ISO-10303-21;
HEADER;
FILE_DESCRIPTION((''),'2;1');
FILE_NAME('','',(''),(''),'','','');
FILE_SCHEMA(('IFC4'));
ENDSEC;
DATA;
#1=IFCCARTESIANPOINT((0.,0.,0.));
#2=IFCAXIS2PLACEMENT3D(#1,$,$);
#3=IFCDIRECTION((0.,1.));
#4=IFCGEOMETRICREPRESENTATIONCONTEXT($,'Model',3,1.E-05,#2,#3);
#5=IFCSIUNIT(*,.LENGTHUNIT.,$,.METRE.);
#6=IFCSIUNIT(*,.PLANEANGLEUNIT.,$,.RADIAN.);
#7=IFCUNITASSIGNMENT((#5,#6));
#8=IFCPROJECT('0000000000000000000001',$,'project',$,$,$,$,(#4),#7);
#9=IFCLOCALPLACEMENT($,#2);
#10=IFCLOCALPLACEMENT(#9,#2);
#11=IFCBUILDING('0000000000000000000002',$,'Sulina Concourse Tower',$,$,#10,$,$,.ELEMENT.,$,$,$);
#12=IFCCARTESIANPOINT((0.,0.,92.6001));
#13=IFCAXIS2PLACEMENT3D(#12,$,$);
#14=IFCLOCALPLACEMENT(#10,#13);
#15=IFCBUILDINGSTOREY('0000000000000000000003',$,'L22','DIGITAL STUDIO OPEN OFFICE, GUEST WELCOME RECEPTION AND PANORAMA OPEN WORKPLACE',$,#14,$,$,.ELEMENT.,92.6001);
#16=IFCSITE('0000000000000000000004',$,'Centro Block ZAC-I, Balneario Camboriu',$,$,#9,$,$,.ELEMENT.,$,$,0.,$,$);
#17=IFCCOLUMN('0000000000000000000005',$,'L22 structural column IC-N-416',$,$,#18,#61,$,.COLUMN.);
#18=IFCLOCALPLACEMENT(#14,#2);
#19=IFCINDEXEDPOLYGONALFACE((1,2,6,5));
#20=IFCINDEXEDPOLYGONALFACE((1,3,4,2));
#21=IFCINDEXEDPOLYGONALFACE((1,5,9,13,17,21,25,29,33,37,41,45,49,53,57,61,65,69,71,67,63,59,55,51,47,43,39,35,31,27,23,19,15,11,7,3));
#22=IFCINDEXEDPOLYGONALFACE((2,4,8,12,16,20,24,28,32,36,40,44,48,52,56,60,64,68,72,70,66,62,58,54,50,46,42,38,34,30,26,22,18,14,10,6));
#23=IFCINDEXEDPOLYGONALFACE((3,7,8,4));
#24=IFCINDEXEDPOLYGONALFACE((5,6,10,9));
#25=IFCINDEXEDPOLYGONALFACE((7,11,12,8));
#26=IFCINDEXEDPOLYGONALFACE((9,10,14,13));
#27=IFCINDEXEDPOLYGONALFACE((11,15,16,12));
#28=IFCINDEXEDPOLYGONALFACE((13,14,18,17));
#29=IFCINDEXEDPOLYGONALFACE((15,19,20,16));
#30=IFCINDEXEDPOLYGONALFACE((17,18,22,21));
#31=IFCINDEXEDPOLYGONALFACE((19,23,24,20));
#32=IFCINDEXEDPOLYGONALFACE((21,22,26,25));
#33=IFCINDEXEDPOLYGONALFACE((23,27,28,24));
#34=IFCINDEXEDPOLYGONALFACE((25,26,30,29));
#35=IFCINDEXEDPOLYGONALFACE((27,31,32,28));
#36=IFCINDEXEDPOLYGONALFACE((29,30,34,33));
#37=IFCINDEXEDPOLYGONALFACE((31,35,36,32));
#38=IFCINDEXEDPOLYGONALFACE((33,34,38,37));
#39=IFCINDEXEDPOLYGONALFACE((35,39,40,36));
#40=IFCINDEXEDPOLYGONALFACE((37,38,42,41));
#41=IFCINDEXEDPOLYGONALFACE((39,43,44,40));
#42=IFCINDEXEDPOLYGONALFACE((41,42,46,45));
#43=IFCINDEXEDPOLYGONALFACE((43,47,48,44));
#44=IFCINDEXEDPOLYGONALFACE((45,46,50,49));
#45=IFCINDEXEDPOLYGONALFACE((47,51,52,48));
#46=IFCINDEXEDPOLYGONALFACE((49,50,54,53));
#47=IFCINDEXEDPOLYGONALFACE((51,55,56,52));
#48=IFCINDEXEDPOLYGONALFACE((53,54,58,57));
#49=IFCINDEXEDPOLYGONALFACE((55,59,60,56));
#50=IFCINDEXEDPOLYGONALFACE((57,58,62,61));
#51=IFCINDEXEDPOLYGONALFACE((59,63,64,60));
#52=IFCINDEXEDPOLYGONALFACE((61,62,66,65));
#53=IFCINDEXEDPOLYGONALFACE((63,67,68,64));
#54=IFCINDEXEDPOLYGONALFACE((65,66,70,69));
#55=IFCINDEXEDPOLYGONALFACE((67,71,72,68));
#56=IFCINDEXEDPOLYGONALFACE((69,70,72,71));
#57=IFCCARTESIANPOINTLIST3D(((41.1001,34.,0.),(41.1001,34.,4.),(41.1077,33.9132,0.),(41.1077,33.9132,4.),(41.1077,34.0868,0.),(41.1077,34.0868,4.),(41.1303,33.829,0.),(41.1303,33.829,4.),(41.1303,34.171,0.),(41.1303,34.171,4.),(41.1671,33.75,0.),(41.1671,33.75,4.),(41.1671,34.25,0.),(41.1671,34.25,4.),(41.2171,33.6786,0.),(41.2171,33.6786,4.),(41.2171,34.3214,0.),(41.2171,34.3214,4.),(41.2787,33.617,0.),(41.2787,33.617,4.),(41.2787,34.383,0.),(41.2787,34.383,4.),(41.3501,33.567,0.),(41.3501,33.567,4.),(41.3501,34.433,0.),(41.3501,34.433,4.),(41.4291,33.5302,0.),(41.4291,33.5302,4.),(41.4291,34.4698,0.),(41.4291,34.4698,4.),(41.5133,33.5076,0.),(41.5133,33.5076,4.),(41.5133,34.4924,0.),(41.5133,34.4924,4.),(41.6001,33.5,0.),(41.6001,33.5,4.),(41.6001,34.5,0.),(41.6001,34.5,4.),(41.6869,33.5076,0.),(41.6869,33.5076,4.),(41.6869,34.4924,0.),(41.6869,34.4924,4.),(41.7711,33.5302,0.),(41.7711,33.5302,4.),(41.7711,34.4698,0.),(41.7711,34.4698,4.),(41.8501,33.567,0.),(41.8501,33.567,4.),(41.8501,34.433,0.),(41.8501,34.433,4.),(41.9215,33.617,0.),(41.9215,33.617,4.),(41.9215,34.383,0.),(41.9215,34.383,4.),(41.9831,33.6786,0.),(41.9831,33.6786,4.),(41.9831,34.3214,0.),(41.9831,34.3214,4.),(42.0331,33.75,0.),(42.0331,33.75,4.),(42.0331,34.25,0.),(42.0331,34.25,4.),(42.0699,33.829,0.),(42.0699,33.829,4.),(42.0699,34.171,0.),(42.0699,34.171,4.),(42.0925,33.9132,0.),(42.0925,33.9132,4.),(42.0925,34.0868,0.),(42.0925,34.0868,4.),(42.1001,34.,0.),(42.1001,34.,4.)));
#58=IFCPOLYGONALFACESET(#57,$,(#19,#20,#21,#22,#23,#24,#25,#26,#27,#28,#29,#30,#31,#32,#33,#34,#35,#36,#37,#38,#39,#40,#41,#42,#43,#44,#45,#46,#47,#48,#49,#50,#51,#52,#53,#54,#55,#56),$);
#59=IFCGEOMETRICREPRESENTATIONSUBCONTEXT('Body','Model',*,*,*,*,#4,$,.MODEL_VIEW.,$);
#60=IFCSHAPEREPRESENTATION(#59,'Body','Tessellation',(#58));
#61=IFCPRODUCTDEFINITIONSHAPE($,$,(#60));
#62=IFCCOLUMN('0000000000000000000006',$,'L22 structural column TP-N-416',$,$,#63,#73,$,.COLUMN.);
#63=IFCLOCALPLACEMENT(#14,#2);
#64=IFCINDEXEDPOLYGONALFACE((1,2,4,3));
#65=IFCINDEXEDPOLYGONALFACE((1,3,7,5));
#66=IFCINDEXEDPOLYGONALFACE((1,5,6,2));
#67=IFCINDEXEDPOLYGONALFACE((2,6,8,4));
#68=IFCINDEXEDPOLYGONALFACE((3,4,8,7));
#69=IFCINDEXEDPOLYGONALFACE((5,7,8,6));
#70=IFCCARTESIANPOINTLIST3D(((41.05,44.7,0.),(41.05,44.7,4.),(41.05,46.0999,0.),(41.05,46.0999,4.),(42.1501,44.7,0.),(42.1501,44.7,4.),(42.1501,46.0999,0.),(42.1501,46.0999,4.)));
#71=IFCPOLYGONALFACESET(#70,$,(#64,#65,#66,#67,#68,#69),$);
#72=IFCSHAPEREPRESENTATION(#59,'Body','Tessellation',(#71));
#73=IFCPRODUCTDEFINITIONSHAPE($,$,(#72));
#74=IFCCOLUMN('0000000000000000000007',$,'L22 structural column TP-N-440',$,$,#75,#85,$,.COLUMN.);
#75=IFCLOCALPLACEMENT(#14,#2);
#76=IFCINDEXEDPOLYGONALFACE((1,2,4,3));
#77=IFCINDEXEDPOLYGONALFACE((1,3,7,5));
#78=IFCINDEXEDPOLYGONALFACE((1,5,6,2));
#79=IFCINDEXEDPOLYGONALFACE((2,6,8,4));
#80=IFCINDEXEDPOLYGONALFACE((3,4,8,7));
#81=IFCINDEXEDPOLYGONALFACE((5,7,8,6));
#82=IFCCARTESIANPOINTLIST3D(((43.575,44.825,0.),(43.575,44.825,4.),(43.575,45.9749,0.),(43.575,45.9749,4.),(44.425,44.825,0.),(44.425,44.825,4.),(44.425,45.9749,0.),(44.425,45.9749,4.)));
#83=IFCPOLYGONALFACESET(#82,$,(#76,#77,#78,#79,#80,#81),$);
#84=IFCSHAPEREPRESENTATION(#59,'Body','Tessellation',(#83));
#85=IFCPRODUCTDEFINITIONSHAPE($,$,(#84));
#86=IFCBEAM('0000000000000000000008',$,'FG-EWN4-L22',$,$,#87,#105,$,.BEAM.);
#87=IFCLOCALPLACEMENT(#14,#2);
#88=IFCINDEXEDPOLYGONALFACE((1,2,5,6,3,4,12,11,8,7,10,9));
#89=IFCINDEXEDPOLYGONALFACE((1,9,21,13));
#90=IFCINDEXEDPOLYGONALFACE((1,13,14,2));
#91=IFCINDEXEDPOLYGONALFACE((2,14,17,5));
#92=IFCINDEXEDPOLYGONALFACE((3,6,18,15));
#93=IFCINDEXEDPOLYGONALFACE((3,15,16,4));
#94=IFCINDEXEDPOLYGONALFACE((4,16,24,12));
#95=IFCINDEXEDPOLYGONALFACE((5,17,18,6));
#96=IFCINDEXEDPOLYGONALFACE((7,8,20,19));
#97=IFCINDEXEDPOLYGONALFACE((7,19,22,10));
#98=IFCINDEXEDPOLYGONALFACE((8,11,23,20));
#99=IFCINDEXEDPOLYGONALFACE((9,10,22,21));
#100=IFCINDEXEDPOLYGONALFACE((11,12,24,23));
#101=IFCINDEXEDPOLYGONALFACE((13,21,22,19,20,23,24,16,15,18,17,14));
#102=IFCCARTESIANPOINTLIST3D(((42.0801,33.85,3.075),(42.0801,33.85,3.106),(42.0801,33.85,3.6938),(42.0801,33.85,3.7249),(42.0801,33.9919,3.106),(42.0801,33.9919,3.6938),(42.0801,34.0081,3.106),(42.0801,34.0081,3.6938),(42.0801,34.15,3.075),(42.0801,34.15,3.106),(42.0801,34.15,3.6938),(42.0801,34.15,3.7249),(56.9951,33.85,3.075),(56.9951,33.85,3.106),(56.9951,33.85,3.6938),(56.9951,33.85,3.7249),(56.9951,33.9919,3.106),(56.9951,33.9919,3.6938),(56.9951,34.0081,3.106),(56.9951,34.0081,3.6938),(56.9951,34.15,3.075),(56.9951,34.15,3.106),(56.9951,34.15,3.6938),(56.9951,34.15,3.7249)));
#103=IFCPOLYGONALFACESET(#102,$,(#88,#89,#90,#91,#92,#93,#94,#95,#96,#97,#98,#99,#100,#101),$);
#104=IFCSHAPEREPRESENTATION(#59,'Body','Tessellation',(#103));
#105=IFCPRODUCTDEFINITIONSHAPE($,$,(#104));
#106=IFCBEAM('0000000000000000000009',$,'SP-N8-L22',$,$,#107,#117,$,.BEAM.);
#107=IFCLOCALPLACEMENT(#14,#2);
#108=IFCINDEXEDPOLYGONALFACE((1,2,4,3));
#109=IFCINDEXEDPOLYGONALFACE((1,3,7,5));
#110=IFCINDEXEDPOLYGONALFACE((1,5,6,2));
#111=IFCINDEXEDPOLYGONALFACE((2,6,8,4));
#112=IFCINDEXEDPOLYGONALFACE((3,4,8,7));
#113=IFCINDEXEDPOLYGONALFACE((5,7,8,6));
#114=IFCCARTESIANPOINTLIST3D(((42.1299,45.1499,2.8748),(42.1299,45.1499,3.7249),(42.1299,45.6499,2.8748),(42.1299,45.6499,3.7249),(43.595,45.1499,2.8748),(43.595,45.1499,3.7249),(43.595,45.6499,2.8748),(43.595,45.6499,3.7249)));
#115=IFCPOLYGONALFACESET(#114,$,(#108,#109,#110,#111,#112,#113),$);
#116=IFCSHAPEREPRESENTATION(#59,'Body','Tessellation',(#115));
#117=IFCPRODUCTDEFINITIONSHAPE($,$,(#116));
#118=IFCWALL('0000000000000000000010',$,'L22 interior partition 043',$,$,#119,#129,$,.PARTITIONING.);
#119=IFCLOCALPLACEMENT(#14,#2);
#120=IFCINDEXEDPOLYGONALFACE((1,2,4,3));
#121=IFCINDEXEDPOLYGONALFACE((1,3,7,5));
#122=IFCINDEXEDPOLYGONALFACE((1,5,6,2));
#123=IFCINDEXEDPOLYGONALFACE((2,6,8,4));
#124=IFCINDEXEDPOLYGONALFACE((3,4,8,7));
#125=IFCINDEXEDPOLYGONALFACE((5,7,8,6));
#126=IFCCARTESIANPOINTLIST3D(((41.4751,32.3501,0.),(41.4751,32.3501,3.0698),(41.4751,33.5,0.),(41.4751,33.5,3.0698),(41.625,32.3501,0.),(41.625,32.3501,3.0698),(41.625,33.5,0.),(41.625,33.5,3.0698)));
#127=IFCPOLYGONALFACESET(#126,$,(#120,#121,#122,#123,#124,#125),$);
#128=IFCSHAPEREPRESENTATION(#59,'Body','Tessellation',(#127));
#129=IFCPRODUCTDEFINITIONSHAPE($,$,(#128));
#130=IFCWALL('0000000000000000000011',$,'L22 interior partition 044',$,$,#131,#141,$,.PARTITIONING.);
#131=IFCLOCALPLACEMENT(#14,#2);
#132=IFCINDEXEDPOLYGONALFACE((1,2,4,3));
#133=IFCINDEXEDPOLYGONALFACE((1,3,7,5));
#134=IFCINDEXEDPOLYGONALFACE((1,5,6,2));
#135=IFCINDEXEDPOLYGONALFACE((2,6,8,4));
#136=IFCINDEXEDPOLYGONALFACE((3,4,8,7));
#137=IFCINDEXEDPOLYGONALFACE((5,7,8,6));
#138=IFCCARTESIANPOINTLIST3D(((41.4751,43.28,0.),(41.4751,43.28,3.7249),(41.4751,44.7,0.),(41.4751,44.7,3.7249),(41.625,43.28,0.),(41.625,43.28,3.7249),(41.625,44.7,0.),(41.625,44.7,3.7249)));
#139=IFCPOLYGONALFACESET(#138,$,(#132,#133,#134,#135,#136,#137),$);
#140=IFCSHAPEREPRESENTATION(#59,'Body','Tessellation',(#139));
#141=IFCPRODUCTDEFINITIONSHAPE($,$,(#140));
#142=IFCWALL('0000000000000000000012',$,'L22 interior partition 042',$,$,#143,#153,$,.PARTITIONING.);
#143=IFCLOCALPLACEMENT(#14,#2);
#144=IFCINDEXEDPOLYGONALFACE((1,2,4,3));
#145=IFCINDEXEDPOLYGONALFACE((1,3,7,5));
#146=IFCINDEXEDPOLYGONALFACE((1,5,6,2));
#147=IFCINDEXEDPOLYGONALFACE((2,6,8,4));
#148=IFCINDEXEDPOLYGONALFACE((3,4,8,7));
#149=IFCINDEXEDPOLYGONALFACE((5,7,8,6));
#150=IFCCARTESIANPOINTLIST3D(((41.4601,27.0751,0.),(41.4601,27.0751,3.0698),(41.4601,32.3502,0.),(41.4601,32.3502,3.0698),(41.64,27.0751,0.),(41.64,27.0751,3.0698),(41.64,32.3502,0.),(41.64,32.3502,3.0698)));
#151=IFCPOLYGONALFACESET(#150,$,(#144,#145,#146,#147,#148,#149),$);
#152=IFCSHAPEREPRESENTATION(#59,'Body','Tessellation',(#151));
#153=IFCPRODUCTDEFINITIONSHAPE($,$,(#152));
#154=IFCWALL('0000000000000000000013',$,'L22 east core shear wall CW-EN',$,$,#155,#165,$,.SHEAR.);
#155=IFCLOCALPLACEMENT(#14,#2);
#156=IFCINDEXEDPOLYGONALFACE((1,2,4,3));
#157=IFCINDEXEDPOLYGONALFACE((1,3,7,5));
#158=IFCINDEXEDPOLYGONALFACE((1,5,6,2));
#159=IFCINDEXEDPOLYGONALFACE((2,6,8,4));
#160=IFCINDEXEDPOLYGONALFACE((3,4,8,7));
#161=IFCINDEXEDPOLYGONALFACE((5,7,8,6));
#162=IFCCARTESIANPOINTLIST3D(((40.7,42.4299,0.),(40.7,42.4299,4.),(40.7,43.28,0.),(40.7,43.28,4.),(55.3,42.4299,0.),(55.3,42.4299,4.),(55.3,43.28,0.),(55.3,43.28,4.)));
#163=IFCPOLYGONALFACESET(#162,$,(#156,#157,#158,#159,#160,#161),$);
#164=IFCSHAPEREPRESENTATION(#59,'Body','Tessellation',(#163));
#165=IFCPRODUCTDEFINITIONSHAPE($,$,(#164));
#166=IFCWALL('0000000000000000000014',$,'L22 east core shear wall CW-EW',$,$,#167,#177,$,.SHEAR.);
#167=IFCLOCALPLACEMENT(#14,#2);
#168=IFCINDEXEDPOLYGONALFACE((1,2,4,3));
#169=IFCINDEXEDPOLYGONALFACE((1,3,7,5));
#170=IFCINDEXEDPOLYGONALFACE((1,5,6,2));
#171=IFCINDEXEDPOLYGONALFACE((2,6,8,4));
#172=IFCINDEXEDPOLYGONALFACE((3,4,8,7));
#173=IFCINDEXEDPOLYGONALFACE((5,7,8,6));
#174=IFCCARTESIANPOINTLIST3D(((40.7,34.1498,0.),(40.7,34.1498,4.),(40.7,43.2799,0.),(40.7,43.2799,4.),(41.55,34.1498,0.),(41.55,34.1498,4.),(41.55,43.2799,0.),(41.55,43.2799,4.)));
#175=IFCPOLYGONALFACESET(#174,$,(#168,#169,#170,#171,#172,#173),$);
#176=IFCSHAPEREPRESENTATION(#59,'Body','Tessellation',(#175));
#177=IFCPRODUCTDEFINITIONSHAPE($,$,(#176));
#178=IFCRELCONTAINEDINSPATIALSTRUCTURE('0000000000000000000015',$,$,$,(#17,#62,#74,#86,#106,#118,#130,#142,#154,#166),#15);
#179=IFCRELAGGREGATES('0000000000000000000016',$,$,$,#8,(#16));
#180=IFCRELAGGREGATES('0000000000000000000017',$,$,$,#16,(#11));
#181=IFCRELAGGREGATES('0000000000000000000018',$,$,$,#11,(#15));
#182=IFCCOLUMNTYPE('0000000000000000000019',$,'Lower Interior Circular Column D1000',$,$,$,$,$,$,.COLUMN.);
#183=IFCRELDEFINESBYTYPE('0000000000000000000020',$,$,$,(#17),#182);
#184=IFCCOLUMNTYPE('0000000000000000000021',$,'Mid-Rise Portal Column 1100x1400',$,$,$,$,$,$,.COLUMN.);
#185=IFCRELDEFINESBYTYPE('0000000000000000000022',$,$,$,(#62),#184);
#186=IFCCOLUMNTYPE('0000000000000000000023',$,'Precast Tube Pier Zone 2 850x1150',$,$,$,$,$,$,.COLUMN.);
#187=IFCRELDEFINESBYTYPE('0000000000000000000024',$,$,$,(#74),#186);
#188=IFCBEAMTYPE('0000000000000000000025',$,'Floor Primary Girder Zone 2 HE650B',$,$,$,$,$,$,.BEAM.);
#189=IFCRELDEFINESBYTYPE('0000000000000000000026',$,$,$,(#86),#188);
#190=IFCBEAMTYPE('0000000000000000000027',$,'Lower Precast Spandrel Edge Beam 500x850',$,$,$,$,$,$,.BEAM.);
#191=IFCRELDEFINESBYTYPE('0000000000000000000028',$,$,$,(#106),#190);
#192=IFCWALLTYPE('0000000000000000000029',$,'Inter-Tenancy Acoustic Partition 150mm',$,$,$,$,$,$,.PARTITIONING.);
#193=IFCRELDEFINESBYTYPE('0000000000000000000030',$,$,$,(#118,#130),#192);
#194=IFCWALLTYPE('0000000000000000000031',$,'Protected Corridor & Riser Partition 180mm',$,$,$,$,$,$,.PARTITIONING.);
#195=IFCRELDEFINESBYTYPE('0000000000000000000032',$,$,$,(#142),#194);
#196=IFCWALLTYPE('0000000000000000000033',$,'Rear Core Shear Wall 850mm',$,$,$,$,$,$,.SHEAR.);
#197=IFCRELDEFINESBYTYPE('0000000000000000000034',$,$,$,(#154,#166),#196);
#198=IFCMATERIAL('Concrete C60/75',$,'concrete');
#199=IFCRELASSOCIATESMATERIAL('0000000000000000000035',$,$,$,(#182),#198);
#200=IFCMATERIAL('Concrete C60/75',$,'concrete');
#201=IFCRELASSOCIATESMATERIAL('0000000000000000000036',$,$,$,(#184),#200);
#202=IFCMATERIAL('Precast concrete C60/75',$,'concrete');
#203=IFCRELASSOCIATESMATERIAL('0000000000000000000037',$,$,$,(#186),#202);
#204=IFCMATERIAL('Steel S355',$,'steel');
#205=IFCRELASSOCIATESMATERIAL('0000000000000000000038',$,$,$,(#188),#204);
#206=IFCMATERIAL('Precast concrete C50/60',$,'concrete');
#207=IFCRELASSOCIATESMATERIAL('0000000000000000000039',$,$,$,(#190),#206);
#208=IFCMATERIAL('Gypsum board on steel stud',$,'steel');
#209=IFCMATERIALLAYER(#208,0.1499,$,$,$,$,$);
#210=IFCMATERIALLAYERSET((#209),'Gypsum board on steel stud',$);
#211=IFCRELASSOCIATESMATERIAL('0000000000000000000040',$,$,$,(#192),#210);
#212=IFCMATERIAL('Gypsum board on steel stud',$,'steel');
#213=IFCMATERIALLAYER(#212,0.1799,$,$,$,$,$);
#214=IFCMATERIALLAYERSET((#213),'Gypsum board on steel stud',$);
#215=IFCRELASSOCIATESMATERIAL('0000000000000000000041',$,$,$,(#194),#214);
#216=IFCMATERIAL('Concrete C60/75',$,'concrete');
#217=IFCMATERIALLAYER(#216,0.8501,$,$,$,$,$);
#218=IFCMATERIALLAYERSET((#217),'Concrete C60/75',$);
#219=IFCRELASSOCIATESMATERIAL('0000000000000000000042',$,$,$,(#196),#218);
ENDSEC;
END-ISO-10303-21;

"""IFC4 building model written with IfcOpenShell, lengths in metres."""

from ifc_helpers import new_model, si_unit, direction, frame, frame_2d, origin, origin_2d, place, context, subcontext, project, spatial, rectangle, circle, i_section, extrude, material, layer, layer_set, material_profile, profile_set, type_object, element, save


model = new_model("IFC4")

# Units and contexts
model_context = context("Model", 3, precision=1e-05, world=origin(), true_north=direction((0.0, 1.0)))
body_context = subcontext(model_context, "Body", "Model", "MODEL_VIEW")
ifc_project = project(units=[si_unit("LENGTHUNIT", "METRE"), si_unit("PLANEANGLEUNIT", "RADIAN")], contexts=[model_context])

# Site, building, storey
site_placement = place(None, origin())
site = spatial("IfcSite", under=ifc_project, at=site_placement, Name="Centro Block ZAC-I, Balneario Camboriu", CompositionType="ELEMENT", RefElevation=0.0)
building_placement = place(site_placement, origin())
building = spatial("IfcBuilding", under=site, at=building_placement, Name="Sulina Concourse Tower", CompositionType="ELEMENT")
storey_placement = place(building_placement, frame((0.0, 0.0, 92.6001)))
storey = spatial("IfcBuildingStorey", under=building, at=storey_placement, Name="L22", Description="DIGITAL STUDIO OPEN OFFICE, GUEST WELCOME RECEPTION AND PANORAMA OPEN WORKPLACE", CompositionType="ELEMENT", Elevation=92.6001)

# Columns
ifc_material_1 = material(Name="Concrete C60/75", Category="concrete")
ifc_material_profile_1 = material_profile(ifc_material_1, circle(Radius=0.5, at=origin_2d()), Name="RC D1000")
ifc_profile_set_1 = profile_set([ifc_material_profile_1], Name="Concrete C60/75")
column_type_1 = type_object("IfcColumnType", Name="Lower Interior Circular Column D1000", PredefinedType="COLUMN", material=ifc_profile_set_1)
column_1_placement = place(storey_placement, frame((41.6001, 34.0, 0.0), z_axis=(0.0, 0.0, 1.0), x_axis=(1.0, 0.0, 0.0)))
element("IfcColumn", 1, at=column_1_placement, inside=storey, type_object=column_type_1, Name="L22 structural column IC-N-416", PredefinedType="COLUMN", context=body_context, shape_type="SweptSolid", body=[
    extrude(circle(Radius=0.5, at=origin_2d()), origin(), (0.0, 0.0, 1.0), 4.0),
])
ifc_material_2 = material(Name="Concrete C60/75", Category="concrete")
ifc_material_profile_2 = material_profile(ifc_material_2, rectangle(XDim=1.1001, YDim=1.3999, at=origin_2d()), Name="RC 1100x1400")
ifc_profile_set_2 = profile_set([ifc_material_profile_2], Name="Concrete C60/75")
column_type_2 = type_object("IfcColumnType", Name="Mid-Rise Portal Column 1100x1400", PredefinedType="COLUMN", material=ifc_profile_set_2)
column_2_placement = place(storey_placement, frame((41.6001, 45.3999, 0.0), z_axis=(0.0, 0.0, 1.0), x_axis=(1.0, 0.0, 0.0)))
element("IfcColumn", 2, at=column_2_placement, inside=storey, type_object=column_type_2, Name="L22 structural column TP-N-416", PredefinedType="COLUMN", context=body_context, shape_type="SweptSolid", body=[
    extrude(rectangle(XDim=1.1001, YDim=1.3999, at=origin_2d()), origin(), (0.0, 0.0, 1.0), 4.0),
])
ifc_material_3 = material(Name="Precast concrete C60/75", Category="concrete")
ifc_material_profile_3 = material_profile(ifc_material_3, rectangle(XDim=0.8501, YDim=1.1499, at=origin_2d()), Name="PC 850x1150")
ifc_profile_set_3 = profile_set([ifc_material_profile_3], Name="Precast concrete C60/75")
column_type_3 = type_object("IfcColumnType", Name="Precast Tube Pier Zone 2 850x1150", PredefinedType="COLUMN", material=ifc_profile_set_3)
column_3_placement = place(storey_placement, frame((44.0, 45.3999, 0.0), z_axis=(0.0, 0.0, 1.0), x_axis=(1.0, 0.0, 0.0)))
element("IfcColumn", 3, at=column_3_placement, inside=storey, type_object=column_type_3, Name="L22 structural column TP-N-440", PredefinedType="COLUMN", context=body_context, shape_type="SweptSolid", body=[
    extrude(rectangle(XDim=0.8501, YDim=1.1499, at=origin_2d()), origin(), (0.0, 0.0, 1.0), 4.0),
])

# Beams
ifc_material_4 = material(Name="Steel S355", Category="steel")
ifc_material_profile_4 = material_profile(ifc_material_4, i_section(OverallWidth=0.3, OverallDepth=0.6499, WebThickness=0.0161, FlangeThickness=0.031, at=origin_2d()), Name="HE 650 B")
ifc_profile_set_4 = profile_set([ifc_material_profile_4], Name="Steel S355")
beam_type_1 = type_object("IfcBeamType", Name="Floor Primary Girder Zone 2 HE650B", PredefinedType="BEAM", material=ifc_profile_set_4)
beam_1_placement = place(storey_placement, frame((42.0801, 34.0, 3.3999), z_axis=(1.0, 0.0, 0.0), x_axis=(0.0, 1.0, 0.0)))
element("IfcBeam", 4, at=beam_1_placement, inside=storey, type_object=beam_type_1, Name="FG-EWN4-L22", PredefinedType="BEAM", context=body_context, shape_type="SweptSolid", body=[
    extrude(i_section(OverallWidth=0.3, OverallDepth=0.6499, WebThickness=0.0161, FlangeThickness=0.031, at=origin_2d()), origin(), (0.0, 0.0, 1.0), 14.915),
])
ifc_material_5 = material(Name="Precast concrete C50/60", Category="concrete")
ifc_material_profile_5 = material_profile(ifc_material_5, rectangle(XDim=0.5, YDim=0.8501, at=origin_2d()), Name="RC 500x850")
ifc_profile_set_5 = profile_set([ifc_material_profile_5], Name="Precast concrete C50/60")
beam_type_2 = type_object("IfcBeamType", Name="Lower Precast Spandrel Edge Beam 500x850", PredefinedType="BEAM", material=ifc_profile_set_5)
beam_2_placement = place(storey_placement, frame((42.1299, 45.3999, 3.2998), z_axis=(1.0, 0.0, 0.0), x_axis=(0.0, 1.0, 0.0)))
element("IfcBeam", 5, at=beam_2_placement, inside=storey, type_object=beam_type_2, Name="SP-N8-L22", PredefinedType="BEAM", context=body_context, shape_type="SweptSolid", body=[
    extrude(rectangle(XDim=0.5, YDim=0.8501, at=origin_2d()), origin(), (0.0, 0.0, 1.0), 1.4651),
])

# Walls
ifc_material_6 = material(Name="Gypsum board on steel stud", Category="steel")
ifc_layer_1 = layer(ifc_material_6, 0.1499)
ifc_layer_set_1 = layer_set([ifc_layer_1], Name="Gypsum board on steel stud")
wall_type_1 = type_object("IfcWallType", Name="Inter-Tenancy Acoustic Partition 150mm", PredefinedType="PARTITIONING", material=ifc_layer_set_1)
wall_1_placement = place(storey_placement, frame((41.55, 32.3501, 0.0), z_axis=(0.0, 0.0, 1.0), x_axis=(0.0, 1.0, 0.0)))
element("IfcWall", 6, at=wall_1_placement, inside=storey, type_object=wall_type_1, Name="L22 interior partition 043", PredefinedType="PARTITIONING", context=body_context, shape_type="SweptSolid", body=[
    extrude(rectangle(XDim=1.1499, YDim=0.1499, at=frame_2d((0.575, 0.0))), origin(), (0.0, 0.0, 1.0), 3.0698),
])
wall_2_placement = place(storey_placement, frame((41.55, 43.28, 0.0), z_axis=(0.0, 0.0, 1.0), x_axis=(0.0, 1.0, 0.0)))
element("IfcWall", 7, at=wall_2_placement, inside=storey, type_object=wall_type_1, Name="L22 interior partition 044", PredefinedType="PARTITIONING", context=body_context, shape_type="SweptSolid", body=[
    extrude(rectangle(XDim=1.4199, YDim=0.1499, at=frame_2d((0.71, 0.0))), origin(), (0.0, 0.0, 1.0), 3.7249),
])
ifc_material_7 = material(Name="Gypsum board on steel stud", Category="steel")
ifc_layer_2 = layer(ifc_material_7, 0.1799)
ifc_layer_set_2 = layer_set([ifc_layer_2], Name="Gypsum board on steel stud")
wall_type_2 = type_object("IfcWallType", Name="Protected Corridor & Riser Partition 180mm", PredefinedType="PARTITIONING", material=ifc_layer_set_2)
wall_3_placement = place(storey_placement, frame((41.55, 27.075, 0.0), z_axis=(0.0, 0.0, 1.0), x_axis=(0.0, 1.0, 0.0)))
element("IfcWall", 8, at=wall_3_placement, inside=storey, type_object=wall_type_2, Name="L22 interior partition 042", PredefinedType="PARTITIONING", context=body_context, shape_type="SweptSolid", body=[
    extrude(rectangle(XDim=5.2751, YDim=0.1799, at=frame_2d((2.6377, 0.0))), origin(), (0.0, 0.0, 1.0), 3.0698),
])
ifc_material_8 = material(Name="Concrete C60/75", Category="concrete")
ifc_layer_3 = layer(ifc_material_8, 0.8501)
ifc_layer_set_3 = layer_set([ifc_layer_3], Name="Concrete C60/75")
wall_type_3 = type_object("IfcWallType", Name="Rear Core Shear Wall 850mm", PredefinedType="SHEAR", material=ifc_layer_set_3)
wall_4_placement = place(storey_placement, frame((40.7, 42.855, 0.0), z_axis=(0.0, 0.0, 1.0), x_axis=(1.0, 0.0, 0.0)))
element("IfcWall", 9, at=wall_4_placement, inside=storey, type_object=wall_type_3, Name="L22 east core shear wall CW-EN", PredefinedType="SHEAR", context=body_context, shape_type="SweptSolid", body=[
    extrude(rectangle(XDim=14.6001, YDim=0.8501, at=frame_2d((7.3, 0.0))), origin(), (0.0, 0.0, 1.0), 4.0),
])
wall_5_placement = place(storey_placement, frame((41.125, 34.1499, 0.0), z_axis=(0.0, 0.0, 1.0), x_axis=(0.0, 1.0, 0.0)))
element("IfcWall", 10, at=wall_5_placement, inside=storey, type_object=wall_type_3, Name="L22 east core shear wall CW-EW", PredefinedType="SHEAR", context=body_context, shape_type="SweptSolid", body=[
    extrude(rectangle(XDim=9.1301, YDim=0.8501, at=frame_2d((4.5649, 0.0))), origin(), (0.0, 0.0, 1.0), 4.0),
])

save(model, "model.ifc")
